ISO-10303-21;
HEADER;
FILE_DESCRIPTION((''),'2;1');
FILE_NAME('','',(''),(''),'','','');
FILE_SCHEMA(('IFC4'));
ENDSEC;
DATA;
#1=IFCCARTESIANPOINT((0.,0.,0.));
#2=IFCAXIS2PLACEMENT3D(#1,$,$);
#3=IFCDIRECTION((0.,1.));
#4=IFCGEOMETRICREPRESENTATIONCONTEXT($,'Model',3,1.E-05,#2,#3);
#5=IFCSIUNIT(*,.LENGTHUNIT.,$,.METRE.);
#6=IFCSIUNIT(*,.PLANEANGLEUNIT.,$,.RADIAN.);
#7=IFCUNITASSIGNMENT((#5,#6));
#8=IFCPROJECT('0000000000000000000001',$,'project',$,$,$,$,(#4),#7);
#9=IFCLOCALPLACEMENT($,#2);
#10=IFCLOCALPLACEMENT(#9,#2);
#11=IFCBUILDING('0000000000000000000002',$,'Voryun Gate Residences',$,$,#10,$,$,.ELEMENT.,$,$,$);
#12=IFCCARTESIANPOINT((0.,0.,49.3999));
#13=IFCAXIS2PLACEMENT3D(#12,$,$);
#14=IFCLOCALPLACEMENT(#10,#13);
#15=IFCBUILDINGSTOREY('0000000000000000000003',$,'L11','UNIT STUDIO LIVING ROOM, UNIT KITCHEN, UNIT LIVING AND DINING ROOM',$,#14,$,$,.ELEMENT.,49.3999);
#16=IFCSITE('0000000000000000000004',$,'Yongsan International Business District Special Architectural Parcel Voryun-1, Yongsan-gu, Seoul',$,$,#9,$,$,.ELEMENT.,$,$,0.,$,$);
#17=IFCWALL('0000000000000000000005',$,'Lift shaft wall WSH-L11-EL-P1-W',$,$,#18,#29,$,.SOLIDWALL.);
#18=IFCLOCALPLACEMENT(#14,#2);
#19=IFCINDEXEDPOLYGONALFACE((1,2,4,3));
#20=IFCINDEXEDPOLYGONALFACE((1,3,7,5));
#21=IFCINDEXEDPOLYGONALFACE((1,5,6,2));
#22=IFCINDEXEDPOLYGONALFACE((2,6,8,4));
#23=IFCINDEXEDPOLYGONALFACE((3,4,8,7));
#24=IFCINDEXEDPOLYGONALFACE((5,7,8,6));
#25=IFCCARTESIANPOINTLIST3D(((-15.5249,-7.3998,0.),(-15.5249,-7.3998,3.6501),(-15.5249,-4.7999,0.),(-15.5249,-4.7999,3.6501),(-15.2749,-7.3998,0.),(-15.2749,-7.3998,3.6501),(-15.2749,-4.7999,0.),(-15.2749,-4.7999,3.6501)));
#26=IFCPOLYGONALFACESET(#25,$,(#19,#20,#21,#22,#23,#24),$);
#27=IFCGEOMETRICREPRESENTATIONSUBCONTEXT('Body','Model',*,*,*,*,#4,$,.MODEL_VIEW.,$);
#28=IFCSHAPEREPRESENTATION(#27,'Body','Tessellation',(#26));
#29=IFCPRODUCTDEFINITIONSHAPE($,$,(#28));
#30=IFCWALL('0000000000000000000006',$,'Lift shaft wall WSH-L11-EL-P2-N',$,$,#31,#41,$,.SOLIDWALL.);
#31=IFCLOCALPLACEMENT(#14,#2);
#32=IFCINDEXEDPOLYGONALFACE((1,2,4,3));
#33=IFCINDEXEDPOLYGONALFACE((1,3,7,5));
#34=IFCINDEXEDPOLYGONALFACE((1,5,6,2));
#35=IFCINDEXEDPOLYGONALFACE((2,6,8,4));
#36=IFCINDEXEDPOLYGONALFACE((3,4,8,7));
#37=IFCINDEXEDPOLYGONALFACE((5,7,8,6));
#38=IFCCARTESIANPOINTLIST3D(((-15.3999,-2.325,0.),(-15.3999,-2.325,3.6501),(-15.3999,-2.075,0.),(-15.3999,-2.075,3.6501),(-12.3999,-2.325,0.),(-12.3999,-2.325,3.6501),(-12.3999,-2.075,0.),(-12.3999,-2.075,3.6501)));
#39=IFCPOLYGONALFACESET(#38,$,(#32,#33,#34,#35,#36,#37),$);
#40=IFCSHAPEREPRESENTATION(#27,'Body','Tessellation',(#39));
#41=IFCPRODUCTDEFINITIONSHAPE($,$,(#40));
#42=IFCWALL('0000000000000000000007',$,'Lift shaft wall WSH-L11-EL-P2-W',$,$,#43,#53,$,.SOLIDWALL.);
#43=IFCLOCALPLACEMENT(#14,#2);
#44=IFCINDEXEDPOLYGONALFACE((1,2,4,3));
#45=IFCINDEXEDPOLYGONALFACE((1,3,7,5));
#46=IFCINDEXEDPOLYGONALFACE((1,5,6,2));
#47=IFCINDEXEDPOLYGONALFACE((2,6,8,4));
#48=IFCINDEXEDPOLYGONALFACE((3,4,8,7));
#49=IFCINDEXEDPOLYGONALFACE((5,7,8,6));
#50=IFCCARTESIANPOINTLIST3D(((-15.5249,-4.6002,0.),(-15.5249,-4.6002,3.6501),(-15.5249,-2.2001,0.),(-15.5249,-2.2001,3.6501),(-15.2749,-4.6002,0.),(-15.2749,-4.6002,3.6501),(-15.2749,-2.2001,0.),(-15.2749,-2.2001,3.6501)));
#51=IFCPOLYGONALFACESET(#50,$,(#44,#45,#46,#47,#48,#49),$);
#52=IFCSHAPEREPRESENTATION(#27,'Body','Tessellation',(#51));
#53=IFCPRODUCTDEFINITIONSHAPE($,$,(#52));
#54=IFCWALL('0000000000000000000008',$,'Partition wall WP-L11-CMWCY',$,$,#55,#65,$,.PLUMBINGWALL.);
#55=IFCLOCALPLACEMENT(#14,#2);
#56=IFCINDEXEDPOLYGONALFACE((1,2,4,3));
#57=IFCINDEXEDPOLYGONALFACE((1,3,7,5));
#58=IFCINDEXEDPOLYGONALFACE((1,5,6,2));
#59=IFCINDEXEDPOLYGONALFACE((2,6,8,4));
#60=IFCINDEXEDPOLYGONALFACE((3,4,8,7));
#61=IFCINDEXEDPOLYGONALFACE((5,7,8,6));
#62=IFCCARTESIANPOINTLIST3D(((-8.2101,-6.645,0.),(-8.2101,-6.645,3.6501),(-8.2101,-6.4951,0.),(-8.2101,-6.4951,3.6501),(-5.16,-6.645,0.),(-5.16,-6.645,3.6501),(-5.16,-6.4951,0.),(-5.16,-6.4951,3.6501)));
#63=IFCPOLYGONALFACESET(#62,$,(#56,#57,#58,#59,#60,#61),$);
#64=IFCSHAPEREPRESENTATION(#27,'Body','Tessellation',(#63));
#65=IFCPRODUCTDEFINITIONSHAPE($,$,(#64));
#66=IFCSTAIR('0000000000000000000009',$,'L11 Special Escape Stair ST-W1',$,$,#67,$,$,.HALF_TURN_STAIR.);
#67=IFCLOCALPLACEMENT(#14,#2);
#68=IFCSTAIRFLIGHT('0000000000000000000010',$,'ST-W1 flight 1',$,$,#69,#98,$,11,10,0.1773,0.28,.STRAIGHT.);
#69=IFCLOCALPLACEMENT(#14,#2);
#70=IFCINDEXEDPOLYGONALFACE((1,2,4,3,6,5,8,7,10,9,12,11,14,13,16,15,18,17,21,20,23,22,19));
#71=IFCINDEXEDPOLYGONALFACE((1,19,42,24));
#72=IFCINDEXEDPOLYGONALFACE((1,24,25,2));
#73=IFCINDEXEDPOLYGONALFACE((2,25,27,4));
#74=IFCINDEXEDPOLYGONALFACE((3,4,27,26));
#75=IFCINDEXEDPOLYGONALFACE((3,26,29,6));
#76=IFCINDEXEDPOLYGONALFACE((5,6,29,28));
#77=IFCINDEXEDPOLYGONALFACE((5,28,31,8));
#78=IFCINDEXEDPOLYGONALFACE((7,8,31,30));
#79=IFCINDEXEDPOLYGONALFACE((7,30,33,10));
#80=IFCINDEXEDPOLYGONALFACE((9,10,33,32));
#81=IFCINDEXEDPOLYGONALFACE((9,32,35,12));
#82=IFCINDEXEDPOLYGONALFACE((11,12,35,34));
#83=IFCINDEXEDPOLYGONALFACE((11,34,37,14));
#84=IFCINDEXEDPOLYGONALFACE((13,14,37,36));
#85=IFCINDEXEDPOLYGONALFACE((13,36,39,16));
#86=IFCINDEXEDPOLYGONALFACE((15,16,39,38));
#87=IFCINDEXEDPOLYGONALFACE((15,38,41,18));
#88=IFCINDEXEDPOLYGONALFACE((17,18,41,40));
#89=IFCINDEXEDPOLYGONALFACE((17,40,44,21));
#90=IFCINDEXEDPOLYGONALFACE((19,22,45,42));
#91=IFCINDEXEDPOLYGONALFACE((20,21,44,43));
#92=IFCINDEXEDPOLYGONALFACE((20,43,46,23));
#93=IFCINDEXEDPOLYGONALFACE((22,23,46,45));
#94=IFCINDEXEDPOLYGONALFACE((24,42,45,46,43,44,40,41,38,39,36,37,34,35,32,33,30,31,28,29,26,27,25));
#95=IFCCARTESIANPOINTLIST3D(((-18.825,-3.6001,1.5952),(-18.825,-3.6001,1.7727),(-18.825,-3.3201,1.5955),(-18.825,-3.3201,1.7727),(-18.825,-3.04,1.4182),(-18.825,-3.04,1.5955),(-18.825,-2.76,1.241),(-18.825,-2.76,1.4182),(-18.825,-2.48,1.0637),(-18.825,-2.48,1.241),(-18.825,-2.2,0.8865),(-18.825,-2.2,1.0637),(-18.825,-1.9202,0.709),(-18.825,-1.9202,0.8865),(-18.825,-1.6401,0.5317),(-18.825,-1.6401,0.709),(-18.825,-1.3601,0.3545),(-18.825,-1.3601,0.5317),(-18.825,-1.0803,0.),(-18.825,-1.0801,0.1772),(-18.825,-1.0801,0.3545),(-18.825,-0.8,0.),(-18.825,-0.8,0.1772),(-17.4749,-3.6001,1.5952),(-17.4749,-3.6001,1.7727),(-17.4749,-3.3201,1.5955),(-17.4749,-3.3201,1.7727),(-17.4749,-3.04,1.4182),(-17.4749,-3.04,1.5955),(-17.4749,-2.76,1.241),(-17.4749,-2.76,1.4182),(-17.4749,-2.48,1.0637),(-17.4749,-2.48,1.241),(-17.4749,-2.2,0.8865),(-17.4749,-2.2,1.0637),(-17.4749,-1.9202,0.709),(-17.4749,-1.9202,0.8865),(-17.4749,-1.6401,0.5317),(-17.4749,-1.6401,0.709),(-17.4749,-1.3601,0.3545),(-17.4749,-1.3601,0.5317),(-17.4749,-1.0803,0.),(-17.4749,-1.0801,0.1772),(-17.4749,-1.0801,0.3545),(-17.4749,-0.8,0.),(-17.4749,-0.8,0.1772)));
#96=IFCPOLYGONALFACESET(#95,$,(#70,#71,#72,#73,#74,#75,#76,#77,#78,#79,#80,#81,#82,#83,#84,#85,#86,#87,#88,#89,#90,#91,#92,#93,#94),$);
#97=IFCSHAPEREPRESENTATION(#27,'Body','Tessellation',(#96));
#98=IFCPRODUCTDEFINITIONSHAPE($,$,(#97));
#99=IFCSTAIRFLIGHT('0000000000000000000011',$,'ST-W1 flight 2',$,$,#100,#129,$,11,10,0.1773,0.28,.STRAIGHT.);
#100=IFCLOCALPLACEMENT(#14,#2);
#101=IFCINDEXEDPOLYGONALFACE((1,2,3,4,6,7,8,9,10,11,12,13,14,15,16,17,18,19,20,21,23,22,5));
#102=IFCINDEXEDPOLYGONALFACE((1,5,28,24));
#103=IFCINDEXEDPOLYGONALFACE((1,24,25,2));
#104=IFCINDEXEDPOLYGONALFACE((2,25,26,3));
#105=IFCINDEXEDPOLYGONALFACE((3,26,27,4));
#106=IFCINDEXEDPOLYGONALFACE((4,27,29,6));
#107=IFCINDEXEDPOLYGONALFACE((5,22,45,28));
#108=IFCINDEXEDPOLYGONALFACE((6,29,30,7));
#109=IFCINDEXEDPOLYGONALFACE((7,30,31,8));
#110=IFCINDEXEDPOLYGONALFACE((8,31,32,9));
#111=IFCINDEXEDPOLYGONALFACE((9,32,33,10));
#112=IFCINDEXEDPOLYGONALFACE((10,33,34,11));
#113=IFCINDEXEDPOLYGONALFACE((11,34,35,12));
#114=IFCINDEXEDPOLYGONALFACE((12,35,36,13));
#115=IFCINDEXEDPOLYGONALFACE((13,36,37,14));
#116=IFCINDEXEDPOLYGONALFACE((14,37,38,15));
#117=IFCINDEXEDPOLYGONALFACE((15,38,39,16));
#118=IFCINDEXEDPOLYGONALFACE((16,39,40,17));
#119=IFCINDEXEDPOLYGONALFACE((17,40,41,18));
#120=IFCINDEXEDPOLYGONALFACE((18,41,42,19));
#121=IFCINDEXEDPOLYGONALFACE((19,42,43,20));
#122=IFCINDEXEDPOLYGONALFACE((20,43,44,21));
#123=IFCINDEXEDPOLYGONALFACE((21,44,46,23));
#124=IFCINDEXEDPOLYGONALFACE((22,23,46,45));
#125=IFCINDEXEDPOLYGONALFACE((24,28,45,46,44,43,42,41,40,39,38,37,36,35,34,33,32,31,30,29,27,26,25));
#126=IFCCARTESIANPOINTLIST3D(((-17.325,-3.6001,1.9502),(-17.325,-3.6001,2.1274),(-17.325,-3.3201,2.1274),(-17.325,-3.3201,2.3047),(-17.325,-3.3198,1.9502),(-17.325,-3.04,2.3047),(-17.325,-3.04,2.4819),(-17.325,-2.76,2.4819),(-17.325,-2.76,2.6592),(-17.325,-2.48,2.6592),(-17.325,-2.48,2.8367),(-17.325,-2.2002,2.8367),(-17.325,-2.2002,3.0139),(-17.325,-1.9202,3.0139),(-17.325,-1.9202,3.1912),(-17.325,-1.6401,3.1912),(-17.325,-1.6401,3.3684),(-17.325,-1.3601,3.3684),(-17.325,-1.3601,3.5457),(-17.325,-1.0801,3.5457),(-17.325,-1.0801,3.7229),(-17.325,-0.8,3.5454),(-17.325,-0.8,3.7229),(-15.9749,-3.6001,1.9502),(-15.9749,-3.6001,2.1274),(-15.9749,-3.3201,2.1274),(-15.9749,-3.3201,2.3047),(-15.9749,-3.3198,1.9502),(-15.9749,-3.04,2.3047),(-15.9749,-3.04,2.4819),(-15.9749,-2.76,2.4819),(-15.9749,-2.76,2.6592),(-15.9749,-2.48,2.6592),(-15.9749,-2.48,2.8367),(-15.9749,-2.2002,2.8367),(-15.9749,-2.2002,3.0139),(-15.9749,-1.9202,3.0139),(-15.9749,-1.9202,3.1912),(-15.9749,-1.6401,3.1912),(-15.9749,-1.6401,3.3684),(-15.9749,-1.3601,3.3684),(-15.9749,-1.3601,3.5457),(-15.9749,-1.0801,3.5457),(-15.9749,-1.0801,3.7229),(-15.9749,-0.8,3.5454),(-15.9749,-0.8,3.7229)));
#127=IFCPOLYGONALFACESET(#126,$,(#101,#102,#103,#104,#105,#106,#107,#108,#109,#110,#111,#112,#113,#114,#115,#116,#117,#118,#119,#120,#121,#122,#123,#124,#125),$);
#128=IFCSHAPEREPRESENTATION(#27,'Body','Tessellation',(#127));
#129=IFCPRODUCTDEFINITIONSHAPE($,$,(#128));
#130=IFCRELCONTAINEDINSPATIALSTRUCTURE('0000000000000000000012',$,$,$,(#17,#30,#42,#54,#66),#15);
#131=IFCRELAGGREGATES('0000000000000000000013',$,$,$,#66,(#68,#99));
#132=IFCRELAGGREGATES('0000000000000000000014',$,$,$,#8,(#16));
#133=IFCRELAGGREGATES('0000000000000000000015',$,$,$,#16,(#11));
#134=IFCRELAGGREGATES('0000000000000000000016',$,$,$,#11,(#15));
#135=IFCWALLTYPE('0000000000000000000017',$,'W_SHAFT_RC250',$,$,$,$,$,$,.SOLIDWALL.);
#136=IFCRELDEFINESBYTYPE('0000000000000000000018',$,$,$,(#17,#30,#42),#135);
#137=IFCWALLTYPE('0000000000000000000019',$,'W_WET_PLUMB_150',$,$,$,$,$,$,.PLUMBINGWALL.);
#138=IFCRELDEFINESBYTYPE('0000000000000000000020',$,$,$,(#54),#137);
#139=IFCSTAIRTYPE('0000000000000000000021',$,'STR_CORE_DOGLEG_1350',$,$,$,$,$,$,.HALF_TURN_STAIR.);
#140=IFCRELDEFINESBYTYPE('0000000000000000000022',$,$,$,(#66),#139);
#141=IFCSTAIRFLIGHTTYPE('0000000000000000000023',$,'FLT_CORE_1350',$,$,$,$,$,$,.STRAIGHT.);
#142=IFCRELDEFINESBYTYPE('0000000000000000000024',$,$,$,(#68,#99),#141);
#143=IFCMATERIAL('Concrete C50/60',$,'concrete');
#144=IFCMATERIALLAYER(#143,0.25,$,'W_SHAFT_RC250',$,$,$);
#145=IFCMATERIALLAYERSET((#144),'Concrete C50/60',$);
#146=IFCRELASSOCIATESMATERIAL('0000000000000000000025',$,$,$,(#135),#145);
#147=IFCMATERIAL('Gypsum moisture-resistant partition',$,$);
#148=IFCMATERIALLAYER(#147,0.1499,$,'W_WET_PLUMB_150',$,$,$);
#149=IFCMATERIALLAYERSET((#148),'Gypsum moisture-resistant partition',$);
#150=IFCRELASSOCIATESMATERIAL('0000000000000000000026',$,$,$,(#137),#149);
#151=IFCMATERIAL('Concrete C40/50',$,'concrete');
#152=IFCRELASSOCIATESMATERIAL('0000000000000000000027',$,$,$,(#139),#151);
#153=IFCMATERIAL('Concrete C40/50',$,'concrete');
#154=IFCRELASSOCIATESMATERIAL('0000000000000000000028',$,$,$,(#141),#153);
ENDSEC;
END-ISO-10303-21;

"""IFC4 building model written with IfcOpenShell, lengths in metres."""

from ifc_helpers import new_model, si_unit, direction, frame, frame_2d, origin, place, context, subcontext, project, spatial, polyline, rectangle, outline, extrude, material, layer, layer_set, type_object, element, aggregate, save


model = new_model("IFC4")

# Units and contexts
model_context = context("Model", 3, precision=1e-05, world=origin(), true_north=direction((0.0, 1.0)))
body_context = subcontext(model_context, "Body", "Model", "MODEL_VIEW")
ifc_project = project(units=[si_unit("LENGTHUNIT", "METRE"), si_unit("PLANEANGLEUNIT", "RADIAN")], contexts=[model_context])

# Site, building, storey
site_placement = place(None, origin())
site = spatial("IfcSite", under=ifc_project, at=site_placement, Name="Yongsan International Business District Special Architectural Parcel Voryun-1, Yongsan-gu, Seoul", CompositionType="ELEMENT", RefElevation=0.0)
building_placement = place(site_placement, origin())
building = spatial("IfcBuilding", under=site, at=building_placement, Name="Voryun Gate Residences", CompositionType="ELEMENT")
storey_placement = place(building_placement, frame((0.0, 0.0, 49.3999)))
storey = spatial("IfcBuildingStorey", under=building, at=storey_placement, Name="L11", Description="UNIT STUDIO LIVING ROOM, UNIT KITCHEN, UNIT LIVING AND DINING ROOM", CompositionType="ELEMENT", Elevation=49.3999)

# Walls
ifc_material_1 = material(Name="Concrete C50/60", Category="concrete")
ifc_layer_1 = layer(ifc_material_1, 0.25, Name="W_SHAFT_RC250")
ifc_layer_set_1 = layer_set([ifc_layer_1], Name="Concrete C50/60")
wall_type_1 = type_object("IfcWallType", Name="W_SHAFT_RC250", PredefinedType="SOLIDWALL", material=ifc_layer_set_1)
wall_1_placement = place(storey_placement, frame((-15.3999, -4.8, 0.0), z_axis=(0.0, 0.0, 1.0), x_axis=(0.0, -1.0, 0.0)))
element("IfcWall", 1, at=wall_1_placement, inside=storey, type_object=wall_type_1, Name="Lift shaft wall WSH-L11-EL-P1-W", PredefinedType="SOLIDWALL", context=body_context, shape_type="SweptSolid", body=[
    extrude(rectangle(XDim=2.5999, YDim=0.25, at=frame_2d((1.2998, 0.0))), origin(), (0.0, 0.0, 1.0), 3.6501),
])
wall_2_placement = place(storey_placement, frame((-12.3999, -2.2, 0.0), z_axis=(0.0, 0.0, 1.0), x_axis=(-1.0, 0.0, 0.0)))
element("IfcWall", 2, at=wall_2_placement, inside=storey, type_object=wall_type_1, Name="Lift shaft wall WSH-L11-EL-P2-N", PredefinedType="SOLIDWALL", context=body_context, shape_type="SweptSolid", body=[
    extrude(rectangle(XDim=3.0, YDim=0.25, at=frame_2d((1.5, 0.0))), origin(), (0.0, 0.0, 1.0), 3.6501),
])
wall_3_placement = place(storey_placement, frame((-15.3999, -2.2, 0.0), z_axis=(0.0, 0.0, 1.0), x_axis=(0.0, -1.0, 0.0)))
element("IfcWall", 3, at=wall_3_placement, inside=storey, type_object=wall_type_1, Name="Lift shaft wall WSH-L11-EL-P2-W", PredefinedType="SOLIDWALL", context=body_context, shape_type="SweptSolid", body=[
    extrude(rectangle(XDim=2.4001, YDim=0.25, at=frame_2d((1.2002, 0.0))), origin(), (0.0, 0.0, 1.0), 3.6501),
])
ifc_material_2 = material(Name="Gypsum moisture-resistant partition")
ifc_layer_2 = layer(ifc_material_2, 0.1499, Name="W_WET_PLUMB_150")
ifc_layer_set_2 = layer_set([ifc_layer_2], Name="Gypsum moisture-resistant partition")
wall_type_2 = type_object("IfcWallType", Name="W_WET_PLUMB_150", PredefinedType="PLUMBINGWALL", material=ifc_layer_set_2)
wall_4_placement = place(storey_placement, frame((-8.21, -6.5701, 0.0), z_axis=(0.0, 0.0, 1.0), x_axis=(1.0, 0.0, 0.0)))
element("IfcWall", 4, at=wall_4_placement, inside=storey, type_object=wall_type_2, Name="Partition wall WP-L11-CMWCY", PredefinedType="PLUMBINGWALL", context=body_context, shape_type="SweptSolid", body=[
    extrude(rectangle(XDim=3.05, YDim=0.1499, at=frame_2d((1.5249, 0.0))), origin(), (0.0, 0.0, 1.0), 3.6501),
])

# Stair, stair flights
ifc_material_3 = material(Name="Concrete C40/50", Category="concrete")
stair_type = type_object("IfcStairType", Name="STR_CORE_DOGLEG_1350", PredefinedType="HALF_TURN_STAIR", material=ifc_material_3)
stair_placement = place(storey_placement, origin())
stair = element("IfcStair", 5, at=stair_placement, inside=storey, type_object=stair_type, Name="L11 Special Escape Stair ST-W1", PredefinedType="HALF_TURN_STAIR")
ifc_material_4 = material(Name="Concrete C40/50", Category="concrete")
stair_flight_type = type_object("IfcStairFlightType", Name="FLT_CORE_1350", PredefinedType="STRAIGHT", material=ifc_material_4)
stair_flight_1_placement = place(storey_placement, frame((-18.1499, -0.8, 0.0), z_axis=(0.0, 0.0, 1.0), x_axis=(0.0, -1.0, 0.0)))
stair_flight_1 = element("IfcStairFlight", 6, at=stair_flight_1_placement, type_object=stair_flight_type, Name="ST-W1 flight 1", NumberOfRisers=11, NumberOfTreads=10, PredefinedType="STRAIGHT", RiserHeight=0.1773, TreadLength=0.28, context=body_context, shape_type="SweptSolid", body=[
    extrude(outline(polyline([(0.0, 0.0), (0.0, 0.1772), (0.28, 0.1772), (0.28, 0.3545), (0.5601, 0.3545), (0.5601, 0.5317), (0.8401, 0.5317), (0.8401, 0.709), (1.1201, 0.709), (1.1201, 0.8865), (1.3999, 0.8865), (1.3999, 1.0637), (1.6799, 1.0637), (1.6799, 1.241), (1.96, 1.241), (1.96, 1.4182), (2.24, 1.4182), (2.24, 1.5955), (2.52, 1.5955), (2.52, 1.7727), (2.8, 1.7727), (2.8, 1.95), (2.8, 1.5952), (0.2803, 0.0), (0.0, 0.0)])), frame((0.0, 0.675, 0.0), z_axis=(0.0, -1.0, 0.0), x_axis=(1.0, 0.0, 0.0)), (0.0, 0.0, 1.0), 1.3501),
])
stair_flight_2_placement = place(storey_placement, frame((-16.6499, -3.6001, 1.9502), z_axis=(0.0, 0.0, 1.0), x_axis=(0.0, 1.0, 0.0)))
stair_flight_2 = element("IfcStairFlight", 7, at=stair_flight_2_placement, type_object=stair_flight_type, Name="ST-W1 flight 2", NumberOfRisers=11, NumberOfTreads=10, PredefinedType="STRAIGHT", RiserHeight=0.1773, TreadLength=0.28, context=body_context, shape_type="SweptSolid", body=[
    extrude(outline(polyline([(0.0, 0.0), (0.0, 0.1772), (0.28, 0.1772), (0.28, 0.3545), (0.5601, 0.3545), (0.5601, 0.5317), (0.8401, 0.5317), (0.8401, 0.709), (1.1201, 0.709), (1.1201, 0.8865), (1.3999, 0.8865), (1.3999, 1.0637), (1.6799, 1.0637), (1.6799, 1.241), (1.96, 1.241), (1.96, 1.4182), (2.24, 1.4182), (2.24, 1.5955), (2.52, 1.5955), (2.52, 1.7727), (2.8, 1.7727), (2.8, 1.95), (2.8, 1.5952), (0.2803, 0.0), (0.0, 0.0)])), frame((0.0, 0.675, 0.0), z_axis=(0.0, -1.0, 0.0), x_axis=(1.0, 0.0, 0.0)), (0.0, 0.0, 1.0), 1.3501),
])
aggregate(stair, [stair_flight_1, stair_flight_2])

save(model, "model.ifc")
